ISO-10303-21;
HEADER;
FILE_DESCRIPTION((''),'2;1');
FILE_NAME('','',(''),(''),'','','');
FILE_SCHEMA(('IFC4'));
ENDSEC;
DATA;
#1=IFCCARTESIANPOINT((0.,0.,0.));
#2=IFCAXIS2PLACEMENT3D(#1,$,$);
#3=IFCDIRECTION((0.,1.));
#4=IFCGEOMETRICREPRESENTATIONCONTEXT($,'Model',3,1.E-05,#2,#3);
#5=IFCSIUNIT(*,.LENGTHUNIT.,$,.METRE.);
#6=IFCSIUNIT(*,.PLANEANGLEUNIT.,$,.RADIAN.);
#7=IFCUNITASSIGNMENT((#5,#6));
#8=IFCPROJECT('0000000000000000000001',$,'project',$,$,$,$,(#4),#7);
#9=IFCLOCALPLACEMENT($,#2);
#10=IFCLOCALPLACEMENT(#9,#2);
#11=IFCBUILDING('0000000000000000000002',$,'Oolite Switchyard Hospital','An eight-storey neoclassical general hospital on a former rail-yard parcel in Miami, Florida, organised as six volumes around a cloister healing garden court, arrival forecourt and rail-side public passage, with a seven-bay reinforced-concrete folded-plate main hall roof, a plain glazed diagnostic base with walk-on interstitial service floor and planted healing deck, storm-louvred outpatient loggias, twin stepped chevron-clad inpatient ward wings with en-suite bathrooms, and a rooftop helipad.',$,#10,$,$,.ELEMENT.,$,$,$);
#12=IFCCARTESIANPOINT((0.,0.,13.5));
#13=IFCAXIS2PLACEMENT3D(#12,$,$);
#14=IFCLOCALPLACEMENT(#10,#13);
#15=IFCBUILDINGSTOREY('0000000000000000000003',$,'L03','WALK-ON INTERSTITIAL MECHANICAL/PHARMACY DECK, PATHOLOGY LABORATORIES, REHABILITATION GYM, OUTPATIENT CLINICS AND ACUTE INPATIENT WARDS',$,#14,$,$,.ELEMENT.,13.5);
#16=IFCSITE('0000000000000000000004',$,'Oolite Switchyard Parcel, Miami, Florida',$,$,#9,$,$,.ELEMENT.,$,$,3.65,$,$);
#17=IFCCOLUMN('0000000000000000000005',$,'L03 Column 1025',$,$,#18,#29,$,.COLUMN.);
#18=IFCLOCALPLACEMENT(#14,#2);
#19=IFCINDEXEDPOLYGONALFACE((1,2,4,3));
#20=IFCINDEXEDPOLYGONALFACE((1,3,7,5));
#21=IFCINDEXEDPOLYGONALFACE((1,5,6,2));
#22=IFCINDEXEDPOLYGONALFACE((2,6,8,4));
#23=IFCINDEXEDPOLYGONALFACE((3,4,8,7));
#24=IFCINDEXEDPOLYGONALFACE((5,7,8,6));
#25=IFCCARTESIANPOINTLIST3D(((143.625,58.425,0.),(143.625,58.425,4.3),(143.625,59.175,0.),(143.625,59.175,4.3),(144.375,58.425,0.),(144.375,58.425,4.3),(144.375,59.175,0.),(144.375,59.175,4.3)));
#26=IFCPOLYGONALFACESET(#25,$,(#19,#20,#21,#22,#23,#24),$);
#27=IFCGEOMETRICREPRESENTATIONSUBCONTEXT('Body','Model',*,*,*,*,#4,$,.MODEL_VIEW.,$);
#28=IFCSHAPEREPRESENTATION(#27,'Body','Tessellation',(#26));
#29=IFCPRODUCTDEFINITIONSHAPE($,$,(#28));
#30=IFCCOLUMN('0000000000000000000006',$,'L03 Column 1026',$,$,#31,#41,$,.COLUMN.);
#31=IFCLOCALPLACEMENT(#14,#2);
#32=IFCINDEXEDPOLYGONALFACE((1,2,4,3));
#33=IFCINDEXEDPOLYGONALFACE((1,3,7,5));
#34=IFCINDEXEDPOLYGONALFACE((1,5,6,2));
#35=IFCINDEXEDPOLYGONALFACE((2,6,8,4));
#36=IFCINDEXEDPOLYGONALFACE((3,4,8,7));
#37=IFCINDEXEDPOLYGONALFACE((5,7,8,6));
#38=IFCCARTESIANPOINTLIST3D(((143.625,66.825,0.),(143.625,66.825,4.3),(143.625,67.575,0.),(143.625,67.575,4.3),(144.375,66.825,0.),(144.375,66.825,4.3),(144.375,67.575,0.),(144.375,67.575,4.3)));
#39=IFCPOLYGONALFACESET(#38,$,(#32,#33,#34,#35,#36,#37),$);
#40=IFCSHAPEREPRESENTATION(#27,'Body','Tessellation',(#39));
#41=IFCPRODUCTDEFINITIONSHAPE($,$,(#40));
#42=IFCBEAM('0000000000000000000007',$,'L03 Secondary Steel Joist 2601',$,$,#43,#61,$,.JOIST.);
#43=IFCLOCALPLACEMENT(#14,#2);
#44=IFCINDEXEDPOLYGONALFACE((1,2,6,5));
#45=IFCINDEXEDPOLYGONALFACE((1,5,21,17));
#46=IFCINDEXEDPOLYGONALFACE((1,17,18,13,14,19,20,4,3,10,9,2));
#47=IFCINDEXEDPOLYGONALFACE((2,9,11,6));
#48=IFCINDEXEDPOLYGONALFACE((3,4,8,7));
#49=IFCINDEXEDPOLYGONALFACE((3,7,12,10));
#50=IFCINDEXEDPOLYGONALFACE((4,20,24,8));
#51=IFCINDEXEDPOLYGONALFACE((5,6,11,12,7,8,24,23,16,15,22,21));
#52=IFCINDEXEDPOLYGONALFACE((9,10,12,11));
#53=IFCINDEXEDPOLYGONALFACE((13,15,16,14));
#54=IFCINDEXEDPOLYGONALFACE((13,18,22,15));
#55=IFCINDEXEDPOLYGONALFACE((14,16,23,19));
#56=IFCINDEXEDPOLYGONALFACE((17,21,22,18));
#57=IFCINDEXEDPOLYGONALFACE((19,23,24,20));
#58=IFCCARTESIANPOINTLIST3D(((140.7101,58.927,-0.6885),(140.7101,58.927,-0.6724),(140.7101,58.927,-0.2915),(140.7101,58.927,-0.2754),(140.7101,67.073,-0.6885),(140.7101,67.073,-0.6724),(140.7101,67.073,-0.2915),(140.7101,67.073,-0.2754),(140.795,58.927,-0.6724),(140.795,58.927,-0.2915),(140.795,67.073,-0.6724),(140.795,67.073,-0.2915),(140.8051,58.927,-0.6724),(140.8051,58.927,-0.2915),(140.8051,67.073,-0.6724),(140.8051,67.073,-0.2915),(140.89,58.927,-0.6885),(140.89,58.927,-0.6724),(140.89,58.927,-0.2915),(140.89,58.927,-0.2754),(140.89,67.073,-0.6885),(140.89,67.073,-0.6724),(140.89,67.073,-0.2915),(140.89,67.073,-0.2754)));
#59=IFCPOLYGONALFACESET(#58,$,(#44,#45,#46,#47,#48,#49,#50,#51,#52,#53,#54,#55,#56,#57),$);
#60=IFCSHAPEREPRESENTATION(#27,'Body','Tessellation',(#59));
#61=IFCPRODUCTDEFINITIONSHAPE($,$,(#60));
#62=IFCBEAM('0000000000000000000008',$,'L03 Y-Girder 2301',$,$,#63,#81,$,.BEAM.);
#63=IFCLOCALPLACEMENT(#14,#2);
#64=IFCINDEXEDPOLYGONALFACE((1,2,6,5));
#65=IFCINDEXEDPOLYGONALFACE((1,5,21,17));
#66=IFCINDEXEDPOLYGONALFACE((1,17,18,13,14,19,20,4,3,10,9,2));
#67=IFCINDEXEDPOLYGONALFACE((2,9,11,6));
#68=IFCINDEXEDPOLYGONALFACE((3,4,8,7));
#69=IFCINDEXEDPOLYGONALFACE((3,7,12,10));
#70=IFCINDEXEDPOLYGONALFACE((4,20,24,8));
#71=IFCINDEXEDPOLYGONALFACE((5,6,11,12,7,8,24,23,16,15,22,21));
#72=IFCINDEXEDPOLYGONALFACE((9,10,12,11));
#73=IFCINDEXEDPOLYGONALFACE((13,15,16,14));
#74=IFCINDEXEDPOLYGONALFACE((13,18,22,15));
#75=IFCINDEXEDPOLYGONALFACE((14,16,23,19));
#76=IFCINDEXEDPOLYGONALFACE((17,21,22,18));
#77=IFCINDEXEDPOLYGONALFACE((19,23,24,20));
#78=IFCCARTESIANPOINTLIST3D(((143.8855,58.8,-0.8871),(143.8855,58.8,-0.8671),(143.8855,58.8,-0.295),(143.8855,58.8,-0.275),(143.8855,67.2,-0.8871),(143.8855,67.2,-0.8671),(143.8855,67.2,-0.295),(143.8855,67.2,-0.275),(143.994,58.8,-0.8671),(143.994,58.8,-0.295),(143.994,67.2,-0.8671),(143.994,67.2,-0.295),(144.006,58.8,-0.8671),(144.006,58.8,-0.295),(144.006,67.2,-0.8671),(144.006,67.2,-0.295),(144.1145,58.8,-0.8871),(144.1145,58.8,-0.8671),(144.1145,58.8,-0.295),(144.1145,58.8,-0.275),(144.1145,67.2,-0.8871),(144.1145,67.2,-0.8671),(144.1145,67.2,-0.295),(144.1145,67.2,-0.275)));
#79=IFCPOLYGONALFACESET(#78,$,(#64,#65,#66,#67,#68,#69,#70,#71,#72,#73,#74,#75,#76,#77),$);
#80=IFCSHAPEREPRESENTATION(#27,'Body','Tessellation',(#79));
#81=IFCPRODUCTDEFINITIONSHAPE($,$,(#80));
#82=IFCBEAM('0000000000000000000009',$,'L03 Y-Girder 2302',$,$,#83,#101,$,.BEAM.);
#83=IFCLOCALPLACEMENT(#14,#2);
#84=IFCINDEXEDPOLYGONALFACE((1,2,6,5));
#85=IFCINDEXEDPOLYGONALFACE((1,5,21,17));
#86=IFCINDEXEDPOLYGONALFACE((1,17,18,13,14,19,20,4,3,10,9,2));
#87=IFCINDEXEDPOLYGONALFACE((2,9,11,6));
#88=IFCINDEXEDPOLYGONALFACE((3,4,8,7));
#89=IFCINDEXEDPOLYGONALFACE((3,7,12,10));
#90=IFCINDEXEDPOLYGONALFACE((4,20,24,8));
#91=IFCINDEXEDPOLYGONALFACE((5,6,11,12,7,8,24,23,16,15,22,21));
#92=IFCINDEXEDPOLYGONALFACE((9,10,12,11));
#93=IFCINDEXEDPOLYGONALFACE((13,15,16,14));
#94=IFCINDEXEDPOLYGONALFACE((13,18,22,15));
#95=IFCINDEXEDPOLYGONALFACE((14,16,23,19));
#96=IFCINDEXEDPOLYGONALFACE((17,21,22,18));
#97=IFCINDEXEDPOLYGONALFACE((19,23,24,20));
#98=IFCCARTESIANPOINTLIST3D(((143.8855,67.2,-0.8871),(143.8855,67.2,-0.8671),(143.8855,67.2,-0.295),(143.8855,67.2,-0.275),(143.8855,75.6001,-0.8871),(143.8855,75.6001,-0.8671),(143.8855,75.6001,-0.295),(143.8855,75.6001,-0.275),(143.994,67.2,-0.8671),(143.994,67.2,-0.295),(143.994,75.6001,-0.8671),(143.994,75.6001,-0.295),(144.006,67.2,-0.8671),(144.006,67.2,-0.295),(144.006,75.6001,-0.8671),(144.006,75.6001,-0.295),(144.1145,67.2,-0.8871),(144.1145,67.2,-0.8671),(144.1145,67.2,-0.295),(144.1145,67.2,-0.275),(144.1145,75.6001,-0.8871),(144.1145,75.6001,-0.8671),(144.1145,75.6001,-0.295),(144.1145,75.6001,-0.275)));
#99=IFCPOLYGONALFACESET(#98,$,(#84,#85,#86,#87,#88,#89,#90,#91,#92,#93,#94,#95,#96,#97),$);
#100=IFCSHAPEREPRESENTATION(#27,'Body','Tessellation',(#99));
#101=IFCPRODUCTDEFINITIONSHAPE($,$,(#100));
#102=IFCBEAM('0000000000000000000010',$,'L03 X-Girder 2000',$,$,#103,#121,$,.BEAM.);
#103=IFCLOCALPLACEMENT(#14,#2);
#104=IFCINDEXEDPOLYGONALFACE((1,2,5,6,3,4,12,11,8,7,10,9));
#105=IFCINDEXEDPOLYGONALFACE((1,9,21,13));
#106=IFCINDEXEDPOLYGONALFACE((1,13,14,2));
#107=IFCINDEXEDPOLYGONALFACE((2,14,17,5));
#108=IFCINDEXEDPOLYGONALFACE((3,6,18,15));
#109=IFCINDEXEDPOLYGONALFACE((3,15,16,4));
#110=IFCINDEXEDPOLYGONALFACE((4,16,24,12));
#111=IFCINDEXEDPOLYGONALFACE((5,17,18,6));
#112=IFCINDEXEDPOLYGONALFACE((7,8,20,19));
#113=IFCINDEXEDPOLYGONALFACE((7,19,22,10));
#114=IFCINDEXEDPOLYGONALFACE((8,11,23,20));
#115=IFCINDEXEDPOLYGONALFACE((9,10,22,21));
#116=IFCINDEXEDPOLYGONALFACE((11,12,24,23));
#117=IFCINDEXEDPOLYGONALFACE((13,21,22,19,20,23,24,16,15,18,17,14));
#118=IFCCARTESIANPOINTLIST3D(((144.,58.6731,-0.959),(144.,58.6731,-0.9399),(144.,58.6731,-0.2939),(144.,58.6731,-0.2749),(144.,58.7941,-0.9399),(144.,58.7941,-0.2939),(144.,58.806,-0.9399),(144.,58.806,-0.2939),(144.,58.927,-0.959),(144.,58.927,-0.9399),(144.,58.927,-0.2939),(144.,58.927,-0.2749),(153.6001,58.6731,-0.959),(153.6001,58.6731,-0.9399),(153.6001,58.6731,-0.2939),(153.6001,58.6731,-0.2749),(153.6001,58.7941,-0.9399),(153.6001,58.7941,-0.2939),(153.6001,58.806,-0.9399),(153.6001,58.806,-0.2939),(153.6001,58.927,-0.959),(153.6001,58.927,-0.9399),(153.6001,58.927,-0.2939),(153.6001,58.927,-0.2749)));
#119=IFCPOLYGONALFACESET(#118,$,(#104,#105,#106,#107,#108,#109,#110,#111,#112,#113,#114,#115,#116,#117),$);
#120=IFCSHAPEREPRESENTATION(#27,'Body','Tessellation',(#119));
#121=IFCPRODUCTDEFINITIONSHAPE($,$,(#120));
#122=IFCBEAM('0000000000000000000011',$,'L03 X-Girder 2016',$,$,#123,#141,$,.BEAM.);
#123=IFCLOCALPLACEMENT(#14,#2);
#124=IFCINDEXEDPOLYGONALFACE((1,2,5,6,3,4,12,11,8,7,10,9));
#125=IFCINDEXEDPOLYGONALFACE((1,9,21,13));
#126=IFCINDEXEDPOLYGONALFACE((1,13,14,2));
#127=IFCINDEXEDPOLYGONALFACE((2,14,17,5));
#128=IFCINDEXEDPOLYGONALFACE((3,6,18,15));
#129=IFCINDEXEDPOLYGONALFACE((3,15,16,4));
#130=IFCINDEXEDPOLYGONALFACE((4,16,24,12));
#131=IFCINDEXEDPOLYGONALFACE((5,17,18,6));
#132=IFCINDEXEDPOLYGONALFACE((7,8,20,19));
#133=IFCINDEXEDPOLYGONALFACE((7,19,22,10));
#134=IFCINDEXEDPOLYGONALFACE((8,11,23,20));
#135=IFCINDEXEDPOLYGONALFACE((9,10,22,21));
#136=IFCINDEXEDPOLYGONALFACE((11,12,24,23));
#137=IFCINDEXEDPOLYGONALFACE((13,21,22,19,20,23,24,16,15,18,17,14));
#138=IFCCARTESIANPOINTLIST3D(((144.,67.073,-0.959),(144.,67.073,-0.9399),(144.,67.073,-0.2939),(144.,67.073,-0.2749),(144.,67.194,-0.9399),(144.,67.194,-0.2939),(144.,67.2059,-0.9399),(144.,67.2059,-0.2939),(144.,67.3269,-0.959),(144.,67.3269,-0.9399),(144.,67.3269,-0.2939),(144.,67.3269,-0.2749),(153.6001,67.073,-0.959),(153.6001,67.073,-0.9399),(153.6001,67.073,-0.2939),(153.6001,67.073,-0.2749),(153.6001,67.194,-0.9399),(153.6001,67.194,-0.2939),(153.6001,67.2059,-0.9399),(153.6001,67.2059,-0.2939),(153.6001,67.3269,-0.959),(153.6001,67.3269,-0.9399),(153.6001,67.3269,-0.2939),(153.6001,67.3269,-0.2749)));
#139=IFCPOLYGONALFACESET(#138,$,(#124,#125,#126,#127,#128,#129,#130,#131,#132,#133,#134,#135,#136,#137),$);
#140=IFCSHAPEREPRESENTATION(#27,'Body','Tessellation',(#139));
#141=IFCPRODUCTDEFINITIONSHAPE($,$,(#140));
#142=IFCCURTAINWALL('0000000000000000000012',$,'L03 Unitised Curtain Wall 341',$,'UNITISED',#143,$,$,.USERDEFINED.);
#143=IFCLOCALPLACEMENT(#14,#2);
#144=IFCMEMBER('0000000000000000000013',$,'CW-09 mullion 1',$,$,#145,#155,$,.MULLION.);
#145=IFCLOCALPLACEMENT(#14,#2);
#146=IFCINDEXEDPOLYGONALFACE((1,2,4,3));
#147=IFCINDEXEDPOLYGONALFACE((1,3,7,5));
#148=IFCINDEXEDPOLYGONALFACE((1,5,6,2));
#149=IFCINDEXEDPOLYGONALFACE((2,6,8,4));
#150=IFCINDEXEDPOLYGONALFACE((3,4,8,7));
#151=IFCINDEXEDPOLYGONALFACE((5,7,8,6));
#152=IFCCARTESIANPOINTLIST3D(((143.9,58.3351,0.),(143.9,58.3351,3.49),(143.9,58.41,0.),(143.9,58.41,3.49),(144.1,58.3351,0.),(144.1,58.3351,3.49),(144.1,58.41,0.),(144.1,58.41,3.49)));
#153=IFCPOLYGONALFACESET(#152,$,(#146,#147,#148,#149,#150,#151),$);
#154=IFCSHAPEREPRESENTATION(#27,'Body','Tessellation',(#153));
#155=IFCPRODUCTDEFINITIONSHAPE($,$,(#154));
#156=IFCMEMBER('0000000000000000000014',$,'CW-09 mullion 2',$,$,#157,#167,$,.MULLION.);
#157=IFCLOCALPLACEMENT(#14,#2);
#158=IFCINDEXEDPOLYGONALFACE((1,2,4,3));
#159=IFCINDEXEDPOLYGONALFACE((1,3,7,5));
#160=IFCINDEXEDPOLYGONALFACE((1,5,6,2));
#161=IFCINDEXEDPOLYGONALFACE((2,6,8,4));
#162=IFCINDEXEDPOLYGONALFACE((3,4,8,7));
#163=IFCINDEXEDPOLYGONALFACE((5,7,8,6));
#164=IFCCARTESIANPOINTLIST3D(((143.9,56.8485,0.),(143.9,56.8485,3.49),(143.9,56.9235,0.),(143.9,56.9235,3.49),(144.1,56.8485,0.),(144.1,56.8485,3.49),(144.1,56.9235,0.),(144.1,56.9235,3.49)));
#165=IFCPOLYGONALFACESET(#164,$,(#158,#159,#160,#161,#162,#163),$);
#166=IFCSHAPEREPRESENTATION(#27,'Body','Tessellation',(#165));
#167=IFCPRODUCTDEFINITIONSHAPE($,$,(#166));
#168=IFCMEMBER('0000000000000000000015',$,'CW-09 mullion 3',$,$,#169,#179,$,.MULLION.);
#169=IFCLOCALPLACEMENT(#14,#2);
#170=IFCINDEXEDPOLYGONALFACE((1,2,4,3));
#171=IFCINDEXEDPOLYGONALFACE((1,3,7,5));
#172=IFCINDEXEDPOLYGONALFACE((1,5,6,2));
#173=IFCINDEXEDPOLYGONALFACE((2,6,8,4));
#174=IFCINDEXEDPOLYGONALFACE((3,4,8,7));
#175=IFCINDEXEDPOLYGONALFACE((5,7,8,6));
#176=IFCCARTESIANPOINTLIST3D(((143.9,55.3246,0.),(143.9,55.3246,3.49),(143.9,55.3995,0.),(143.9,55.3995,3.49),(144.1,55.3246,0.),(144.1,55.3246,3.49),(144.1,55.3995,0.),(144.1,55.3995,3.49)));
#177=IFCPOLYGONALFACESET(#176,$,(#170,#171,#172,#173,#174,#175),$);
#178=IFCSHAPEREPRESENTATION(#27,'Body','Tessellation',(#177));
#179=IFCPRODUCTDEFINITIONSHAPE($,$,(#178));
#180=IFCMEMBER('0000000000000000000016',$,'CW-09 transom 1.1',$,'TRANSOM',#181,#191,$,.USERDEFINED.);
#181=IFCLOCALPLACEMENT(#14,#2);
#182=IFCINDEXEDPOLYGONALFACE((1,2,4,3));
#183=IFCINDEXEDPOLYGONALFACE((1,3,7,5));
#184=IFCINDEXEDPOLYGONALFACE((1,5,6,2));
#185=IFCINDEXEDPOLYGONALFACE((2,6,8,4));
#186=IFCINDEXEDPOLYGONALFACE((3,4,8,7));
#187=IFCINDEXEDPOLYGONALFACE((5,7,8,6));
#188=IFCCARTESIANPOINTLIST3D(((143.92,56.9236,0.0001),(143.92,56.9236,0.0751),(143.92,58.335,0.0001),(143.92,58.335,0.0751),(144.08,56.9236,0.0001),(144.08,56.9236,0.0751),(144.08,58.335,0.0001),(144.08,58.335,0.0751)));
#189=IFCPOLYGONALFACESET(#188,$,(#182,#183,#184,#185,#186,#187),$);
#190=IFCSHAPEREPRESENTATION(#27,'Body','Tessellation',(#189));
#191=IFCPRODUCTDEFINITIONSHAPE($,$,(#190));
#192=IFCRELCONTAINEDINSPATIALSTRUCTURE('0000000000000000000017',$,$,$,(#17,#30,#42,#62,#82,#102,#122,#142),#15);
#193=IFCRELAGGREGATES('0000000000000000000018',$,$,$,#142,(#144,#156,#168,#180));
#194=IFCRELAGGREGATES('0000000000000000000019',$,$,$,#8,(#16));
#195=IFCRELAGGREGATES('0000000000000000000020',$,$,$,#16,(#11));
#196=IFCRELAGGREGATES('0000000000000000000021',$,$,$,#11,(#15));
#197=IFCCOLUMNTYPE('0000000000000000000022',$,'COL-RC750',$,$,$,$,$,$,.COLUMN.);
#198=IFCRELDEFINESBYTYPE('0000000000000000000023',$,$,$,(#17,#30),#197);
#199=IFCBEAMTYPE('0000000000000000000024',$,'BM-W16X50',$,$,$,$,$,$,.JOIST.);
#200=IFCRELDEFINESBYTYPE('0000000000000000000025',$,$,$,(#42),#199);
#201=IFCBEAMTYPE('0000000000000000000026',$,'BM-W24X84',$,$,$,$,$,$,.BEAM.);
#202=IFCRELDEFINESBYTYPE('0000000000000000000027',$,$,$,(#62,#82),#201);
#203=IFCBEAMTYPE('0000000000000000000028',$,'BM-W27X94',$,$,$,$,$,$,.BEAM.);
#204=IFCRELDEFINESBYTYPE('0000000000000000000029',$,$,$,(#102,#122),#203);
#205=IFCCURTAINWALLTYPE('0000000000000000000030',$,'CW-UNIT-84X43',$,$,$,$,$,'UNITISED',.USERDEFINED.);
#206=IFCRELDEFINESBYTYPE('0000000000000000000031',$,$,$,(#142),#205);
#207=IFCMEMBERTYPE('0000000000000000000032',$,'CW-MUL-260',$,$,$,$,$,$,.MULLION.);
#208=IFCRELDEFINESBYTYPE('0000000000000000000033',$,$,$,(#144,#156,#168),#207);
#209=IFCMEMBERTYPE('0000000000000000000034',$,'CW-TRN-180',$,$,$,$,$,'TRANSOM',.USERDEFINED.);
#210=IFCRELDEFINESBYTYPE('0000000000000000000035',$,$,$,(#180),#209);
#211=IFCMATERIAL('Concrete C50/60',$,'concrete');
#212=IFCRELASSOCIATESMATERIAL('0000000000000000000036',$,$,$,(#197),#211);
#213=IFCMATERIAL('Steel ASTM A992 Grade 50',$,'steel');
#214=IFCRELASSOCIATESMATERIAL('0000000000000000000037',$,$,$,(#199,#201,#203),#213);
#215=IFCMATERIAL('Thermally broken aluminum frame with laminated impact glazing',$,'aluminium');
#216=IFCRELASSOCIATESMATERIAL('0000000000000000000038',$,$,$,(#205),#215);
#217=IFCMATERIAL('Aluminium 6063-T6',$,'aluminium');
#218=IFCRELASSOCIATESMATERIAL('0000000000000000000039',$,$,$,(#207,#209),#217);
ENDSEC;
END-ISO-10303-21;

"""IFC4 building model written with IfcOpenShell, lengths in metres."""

from ifc_helpers import new_model, si_unit, direction, frame, origin, origin_2d, place, context, subcontext, project, spatial, rectangle, i_section, extrude, material, material_profile, profile_set, type_object, element, aggregate, save


model = new_model("IFC4")

# Units and contexts
model_context = context("Model", 3, precision=1e-05, world=origin(), true_north=direction((0.0, 1.0)))
body_context = subcontext(model_context, "Body", "Model", "MODEL_VIEW")
ifc_project = project(units=[si_unit("LENGTHUNIT", "METRE"), si_unit("PLANEANGLEUNIT", "RADIAN")], contexts=[model_context])

# Site, building, storey
site_placement = place(None, origin())
site = spatial("IfcSite", under=ifc_project, at=site_placement, Name="Oolite Switchyard Parcel, Miami, Florida", CompositionType="ELEMENT", RefElevation=3.65)
building_placement = place(site_placement, origin())
building = spatial("IfcBuilding", under=site, at=building_placement, Name="Oolite Switchyard Hospital", Description="An eight-storey neoclassical general hospital on a former rail-yard parcel in Miami, Florida, organised as six volumes around a cloister healing garden court, arrival forecourt and rail-side public passage, with a seven-bay reinforced-concrete folded-plate main hall roof, a plain glazed diagnostic base with walk-on interstitial service floor and planted healing deck, storm-louvred outpatient loggias, twin stepped chevron-clad inpatient ward wings with en-suite bathrooms, and a rooftop helipad.", CompositionType="ELEMENT")
storey_placement = place(building_placement, frame((0.0, 0.0, 13.5)))
storey = spatial("IfcBuildingStorey", under=building, at=storey_placement, Name="L03", Description="WALK-ON INTERSTITIAL MECHANICAL/PHARMACY DECK, PATHOLOGY LABORATORIES, REHABILITATION GYM, OUTPATIENT CLINICS AND ACUTE INPATIENT WARDS", CompositionType="ELEMENT", Elevation=13.5)

# Columns
ifc_material_1 = material(Name="Concrete C50/60", Category="concrete")
ifc_material_profile_1 = material_profile(ifc_material_1, rectangle(XDim=0.75, YDim=0.75, at=origin_2d()), Name="RC750X750")
ifc_profile_set_1 = profile_set([ifc_material_profile_1], Name="Concrete C50/60")
column_type = type_object("IfcColumnType", Name="COL-RC750", PredefinedType="COLUMN", material=ifc_profile_set_1)
for number, where, z_axis, x_axis, name in (
    (1, (144.0, 58.8, 0.0), (0.0, 0.0, 1.0), (1.0, 0.0, 0.0), "L03 Column 1025"),
    (2, (144.0, 67.2, 0.0), (0.0, 0.0, 1.0), (1.0, 0.0, 0.0), "L03 Column 1026"),
):
    element("IfcColumn", number, at=place(storey_placement, frame(where, z_axis=z_axis, x_axis=x_axis)), inside=storey, type_object=column_type, Name=name, PredefinedType="COLUMN", context=body_context, shape_type="SweptSolid", body=[
        extrude(rectangle(XDim=0.75, YDim=0.75, at=origin_2d()), origin(), (0.0, 0.0, 1.0), 4.3),
    ])

# Beams
ifc_material_2 = material(Name="Steel ASTM A992 Grade 50", Category="steel")
ifc_material_profile_2 = material_profile(ifc_material_2, i_section(OverallWidth=0.1799, OverallDepth=0.4131, WebThickness=0.01, FlangeThickness=0.0161, at=origin_2d()), Name="W16X50")
ifc_profile_set_2 = profile_set([ifc_material_profile_2], Name="Steel ASTM A992 Grade 50")
beam_type_1 = type_object("IfcBeamType", Name="BM-W16X50", PredefinedType="JOIST", material=ifc_profile_set_2)
beam_1_placement = place(storey_placement, frame((140.8, 58.927, -0.4819), z_axis=(0.0, 1.0, 0.0), x_axis=(-1.0, 0.0, 0.0)))
element("IfcBeam", 3, at=beam_1_placement, inside=storey, type_object=beam_type_1, Name="L03 Secondary Steel Joist 2601", PredefinedType="JOIST", context=body_context, shape_type="SweptSolid", body=[
    extrude(i_section(OverallWidth=0.1799, OverallDepth=0.4131, WebThickness=0.01, FlangeThickness=0.0161, at=origin_2d()), origin(), (0.0, 0.0, 1.0), 8.146),
])
ifc_material_profile_3 = material_profile(ifc_material_2, i_section(OverallWidth=0.229, OverallDepth=0.6121, WebThickness=0.012, FlangeThickness=0.02, at=origin_2d()), Name="W24X84")
ifc_profile_set_3 = profile_set([ifc_material_profile_3], Name="Steel ASTM A992 Grade 50")
beam_type_2 = type_object("IfcBeamType", Name="BM-W24X84", PredefinedType="BEAM", material=ifc_profile_set_3)
beam_2_placement = place(storey_placement, frame((144.0, 58.8, -0.5811), z_axis=(0.0, 1.0, 0.0), x_axis=(-1.0, 0.0, 0.0)))
element("IfcBeam", 4, at=beam_2_placement, inside=storey, type_object=beam_type_2, Name="L03 Y-Girder 2301", PredefinedType="BEAM", context=body_context, shape_type="SweptSolid", body=[
    extrude(i_section(OverallWidth=0.229, OverallDepth=0.6121, WebThickness=0.012, FlangeThickness=0.02, at=origin_2d()), origin(), (0.0, 0.0, 1.0), 8.3999),
])
beam_3_placement = place(storey_placement, frame((144.0, 67.2, -0.5811), z_axis=(0.0, 1.0, 0.0), x_axis=(-1.0, 0.0, 0.0)))
element("IfcBeam", 5, at=beam_3_placement, inside=storey, type_object=beam_type_2, Name="L03 Y-Girder 2302", PredefinedType="BEAM", context=body_context, shape_type="SweptSolid", body=[
    extrude(i_section(OverallWidth=0.229, OverallDepth=0.6121, WebThickness=0.012, FlangeThickness=0.02, at=origin_2d()), origin(), (0.0, 0.0, 1.0), 8.4001),
])
ifc_material_profile_4 = material_profile(ifc_material_2, i_section(OverallWidth=0.2539, OverallDepth=0.6841, WebThickness=0.012, FlangeThickness=0.019, at=origin_2d()), Name="W27X94")
ifc_profile_set_4 = profile_set([ifc_material_profile_4], Name="Steel ASTM A992 Grade 50")
beam_type_3 = type_object("IfcBeamType", Name="BM-W27X94", PredefinedType="BEAM", material=ifc_profile_set_4)
for number, where, z_axis, x_axis, name in (
    (6, (144.0, 58.8, -0.6169), (1.0, 0.0, 0.0), (0.0, 1.0, 0.0), "L03 X-Girder 2000"),
    (7, (144.0, 67.2, -0.6169), (1.0, 0.0, 0.0), (0.0, 1.0, 0.0), "L03 X-Girder 2016"),
):
    element("IfcBeam", number, at=place(storey_placement, frame(where, z_axis=z_axis, x_axis=x_axis)), inside=storey, type_object=beam_type_3, Name=name, PredefinedType="BEAM", context=body_context, shape_type="SweptSolid", body=[
        extrude(i_section(OverallWidth=0.2539, OverallDepth=0.6841, WebThickness=0.012, FlangeThickness=0.019, at=origin_2d()), origin(), (0.0, 0.0, 1.0), 9.6001),
    ])

# Curtain wall, members
ifc_material_3 = material(Name="Thermally broken aluminum frame with laminated impact glazing", Category="aluminium")
curtain_wall_type = type_object("IfcCurtainWallType", Name="CW-UNIT-84X43", ElementType="UNITISED", PredefinedType="USERDEFINED", material=ifc_material_3)
curtain_wall_placement = place(storey_placement, origin())
curtain_wall = element("IfcCurtainWall", 8, at=curtain_wall_placement, inside=storey, type_object=curtain_wall_type, Name="L03 Unitised Curtain Wall 341", ObjectType="UNITISED", PredefinedType="USERDEFINED")
ifc_material_4 = material(Name="Aluminium 6063-T6", Category="aluminium")
ifc_material_profile_5 = material_profile(ifc_material_4, rectangle(XDim=0.2, YDim=0.075, at=origin_2d()), Name="CWM75X200")
ifc_profile_set_5 = profile_set([ifc_material_profile_5], Name="Aluminium 6063-T6")
member_type_1 = type_object("IfcMemberType", Name="CW-MUL-260", PredefinedType="MULLION", material=ifc_profile_set_5)
member_1_placement = place(storey_placement, frame((144.0, 58.3726, 0.0), z_axis=(0.0, 0.0, 1.0), x_axis=(1.0, 0.0, 0.0)))
member_1 = element("IfcMember", 9, at=member_1_placement, type_object=member_type_1, Name="CW-09 mullion 1", PredefinedType="MULLION", context=body_context, shape_type="SweptSolid", body=[
    extrude(rectangle(XDim=0.2, YDim=0.075, at=origin_2d()), origin(), (0.0, 0.0, 1.0), 3.49),
])
member_2_placement = place(storey_placement, frame((144.0, 56.886, 0.0), z_axis=(0.0, 0.0, 1.0), x_axis=(1.0, 0.0, 0.0)))
member_2 = element("IfcMember", 10, at=member_2_placement, type_object=member_type_1, Name="CW-09 mullion 2", PredefinedType="MULLION", context=body_context, shape_type="SweptSolid", body=[
    extrude(rectangle(XDim=0.2, YDim=0.075, at=origin_2d()), origin(), (0.0, 0.0, 1.0), 3.49),
])
member_3_placement = place(storey_placement, frame((144.0, 55.3621, 0.0), z_axis=(0.0, 0.0, 1.0), x_axis=(1.0, 0.0, 0.0)))
member_3 = element("IfcMember", 11, at=member_3_placement, type_object=member_type_1, Name="CW-09 mullion 3", PredefinedType="MULLION", context=body_context, shape_type="SweptSolid", body=[
    extrude(rectangle(XDim=0.2, YDim=0.075, at=origin_2d()), origin(), (0.0, 0.0, 1.0), 3.49),
])
ifc_material_profile_6 = material_profile(ifc_material_4, rectangle(XDim=0.1599, YDim=0.075, at=origin_2d()), Name="CWT75X160")
ifc_profile_set_6 = profile_set([ifc_material_profile_6], Name="Aluminium 6063-T6")
member_type_2 = type_object("IfcMemberType", Name="CW-TRN-180", ElementType="TRANSOM", PredefinedType="USERDEFINED", material=ifc_profile_set_6)
member_4_placement = place(storey_placement, frame((144.0, 58.335, 0.0376), z_axis=(0.0, -1.0, 0.0), x_axis=(1.0, 0.0, 0.0)))
member_4 = element("IfcMember", 12, at=member_4_placement, type_object=member_type_2, Name="CW-09 transom 1.1", ObjectType="TRANSOM", PredefinedType="USERDEFINED", context=body_context, shape_type="SweptSolid", body=[
    extrude(rectangle(XDim=0.1599, YDim=0.075, at=origin_2d()), origin(), (0.0, 0.0, 1.0), 1.4114),
])
aggregate(curtain_wall, [member_1, member_2, member_3, member_4])

save(model, "model.ifc")
